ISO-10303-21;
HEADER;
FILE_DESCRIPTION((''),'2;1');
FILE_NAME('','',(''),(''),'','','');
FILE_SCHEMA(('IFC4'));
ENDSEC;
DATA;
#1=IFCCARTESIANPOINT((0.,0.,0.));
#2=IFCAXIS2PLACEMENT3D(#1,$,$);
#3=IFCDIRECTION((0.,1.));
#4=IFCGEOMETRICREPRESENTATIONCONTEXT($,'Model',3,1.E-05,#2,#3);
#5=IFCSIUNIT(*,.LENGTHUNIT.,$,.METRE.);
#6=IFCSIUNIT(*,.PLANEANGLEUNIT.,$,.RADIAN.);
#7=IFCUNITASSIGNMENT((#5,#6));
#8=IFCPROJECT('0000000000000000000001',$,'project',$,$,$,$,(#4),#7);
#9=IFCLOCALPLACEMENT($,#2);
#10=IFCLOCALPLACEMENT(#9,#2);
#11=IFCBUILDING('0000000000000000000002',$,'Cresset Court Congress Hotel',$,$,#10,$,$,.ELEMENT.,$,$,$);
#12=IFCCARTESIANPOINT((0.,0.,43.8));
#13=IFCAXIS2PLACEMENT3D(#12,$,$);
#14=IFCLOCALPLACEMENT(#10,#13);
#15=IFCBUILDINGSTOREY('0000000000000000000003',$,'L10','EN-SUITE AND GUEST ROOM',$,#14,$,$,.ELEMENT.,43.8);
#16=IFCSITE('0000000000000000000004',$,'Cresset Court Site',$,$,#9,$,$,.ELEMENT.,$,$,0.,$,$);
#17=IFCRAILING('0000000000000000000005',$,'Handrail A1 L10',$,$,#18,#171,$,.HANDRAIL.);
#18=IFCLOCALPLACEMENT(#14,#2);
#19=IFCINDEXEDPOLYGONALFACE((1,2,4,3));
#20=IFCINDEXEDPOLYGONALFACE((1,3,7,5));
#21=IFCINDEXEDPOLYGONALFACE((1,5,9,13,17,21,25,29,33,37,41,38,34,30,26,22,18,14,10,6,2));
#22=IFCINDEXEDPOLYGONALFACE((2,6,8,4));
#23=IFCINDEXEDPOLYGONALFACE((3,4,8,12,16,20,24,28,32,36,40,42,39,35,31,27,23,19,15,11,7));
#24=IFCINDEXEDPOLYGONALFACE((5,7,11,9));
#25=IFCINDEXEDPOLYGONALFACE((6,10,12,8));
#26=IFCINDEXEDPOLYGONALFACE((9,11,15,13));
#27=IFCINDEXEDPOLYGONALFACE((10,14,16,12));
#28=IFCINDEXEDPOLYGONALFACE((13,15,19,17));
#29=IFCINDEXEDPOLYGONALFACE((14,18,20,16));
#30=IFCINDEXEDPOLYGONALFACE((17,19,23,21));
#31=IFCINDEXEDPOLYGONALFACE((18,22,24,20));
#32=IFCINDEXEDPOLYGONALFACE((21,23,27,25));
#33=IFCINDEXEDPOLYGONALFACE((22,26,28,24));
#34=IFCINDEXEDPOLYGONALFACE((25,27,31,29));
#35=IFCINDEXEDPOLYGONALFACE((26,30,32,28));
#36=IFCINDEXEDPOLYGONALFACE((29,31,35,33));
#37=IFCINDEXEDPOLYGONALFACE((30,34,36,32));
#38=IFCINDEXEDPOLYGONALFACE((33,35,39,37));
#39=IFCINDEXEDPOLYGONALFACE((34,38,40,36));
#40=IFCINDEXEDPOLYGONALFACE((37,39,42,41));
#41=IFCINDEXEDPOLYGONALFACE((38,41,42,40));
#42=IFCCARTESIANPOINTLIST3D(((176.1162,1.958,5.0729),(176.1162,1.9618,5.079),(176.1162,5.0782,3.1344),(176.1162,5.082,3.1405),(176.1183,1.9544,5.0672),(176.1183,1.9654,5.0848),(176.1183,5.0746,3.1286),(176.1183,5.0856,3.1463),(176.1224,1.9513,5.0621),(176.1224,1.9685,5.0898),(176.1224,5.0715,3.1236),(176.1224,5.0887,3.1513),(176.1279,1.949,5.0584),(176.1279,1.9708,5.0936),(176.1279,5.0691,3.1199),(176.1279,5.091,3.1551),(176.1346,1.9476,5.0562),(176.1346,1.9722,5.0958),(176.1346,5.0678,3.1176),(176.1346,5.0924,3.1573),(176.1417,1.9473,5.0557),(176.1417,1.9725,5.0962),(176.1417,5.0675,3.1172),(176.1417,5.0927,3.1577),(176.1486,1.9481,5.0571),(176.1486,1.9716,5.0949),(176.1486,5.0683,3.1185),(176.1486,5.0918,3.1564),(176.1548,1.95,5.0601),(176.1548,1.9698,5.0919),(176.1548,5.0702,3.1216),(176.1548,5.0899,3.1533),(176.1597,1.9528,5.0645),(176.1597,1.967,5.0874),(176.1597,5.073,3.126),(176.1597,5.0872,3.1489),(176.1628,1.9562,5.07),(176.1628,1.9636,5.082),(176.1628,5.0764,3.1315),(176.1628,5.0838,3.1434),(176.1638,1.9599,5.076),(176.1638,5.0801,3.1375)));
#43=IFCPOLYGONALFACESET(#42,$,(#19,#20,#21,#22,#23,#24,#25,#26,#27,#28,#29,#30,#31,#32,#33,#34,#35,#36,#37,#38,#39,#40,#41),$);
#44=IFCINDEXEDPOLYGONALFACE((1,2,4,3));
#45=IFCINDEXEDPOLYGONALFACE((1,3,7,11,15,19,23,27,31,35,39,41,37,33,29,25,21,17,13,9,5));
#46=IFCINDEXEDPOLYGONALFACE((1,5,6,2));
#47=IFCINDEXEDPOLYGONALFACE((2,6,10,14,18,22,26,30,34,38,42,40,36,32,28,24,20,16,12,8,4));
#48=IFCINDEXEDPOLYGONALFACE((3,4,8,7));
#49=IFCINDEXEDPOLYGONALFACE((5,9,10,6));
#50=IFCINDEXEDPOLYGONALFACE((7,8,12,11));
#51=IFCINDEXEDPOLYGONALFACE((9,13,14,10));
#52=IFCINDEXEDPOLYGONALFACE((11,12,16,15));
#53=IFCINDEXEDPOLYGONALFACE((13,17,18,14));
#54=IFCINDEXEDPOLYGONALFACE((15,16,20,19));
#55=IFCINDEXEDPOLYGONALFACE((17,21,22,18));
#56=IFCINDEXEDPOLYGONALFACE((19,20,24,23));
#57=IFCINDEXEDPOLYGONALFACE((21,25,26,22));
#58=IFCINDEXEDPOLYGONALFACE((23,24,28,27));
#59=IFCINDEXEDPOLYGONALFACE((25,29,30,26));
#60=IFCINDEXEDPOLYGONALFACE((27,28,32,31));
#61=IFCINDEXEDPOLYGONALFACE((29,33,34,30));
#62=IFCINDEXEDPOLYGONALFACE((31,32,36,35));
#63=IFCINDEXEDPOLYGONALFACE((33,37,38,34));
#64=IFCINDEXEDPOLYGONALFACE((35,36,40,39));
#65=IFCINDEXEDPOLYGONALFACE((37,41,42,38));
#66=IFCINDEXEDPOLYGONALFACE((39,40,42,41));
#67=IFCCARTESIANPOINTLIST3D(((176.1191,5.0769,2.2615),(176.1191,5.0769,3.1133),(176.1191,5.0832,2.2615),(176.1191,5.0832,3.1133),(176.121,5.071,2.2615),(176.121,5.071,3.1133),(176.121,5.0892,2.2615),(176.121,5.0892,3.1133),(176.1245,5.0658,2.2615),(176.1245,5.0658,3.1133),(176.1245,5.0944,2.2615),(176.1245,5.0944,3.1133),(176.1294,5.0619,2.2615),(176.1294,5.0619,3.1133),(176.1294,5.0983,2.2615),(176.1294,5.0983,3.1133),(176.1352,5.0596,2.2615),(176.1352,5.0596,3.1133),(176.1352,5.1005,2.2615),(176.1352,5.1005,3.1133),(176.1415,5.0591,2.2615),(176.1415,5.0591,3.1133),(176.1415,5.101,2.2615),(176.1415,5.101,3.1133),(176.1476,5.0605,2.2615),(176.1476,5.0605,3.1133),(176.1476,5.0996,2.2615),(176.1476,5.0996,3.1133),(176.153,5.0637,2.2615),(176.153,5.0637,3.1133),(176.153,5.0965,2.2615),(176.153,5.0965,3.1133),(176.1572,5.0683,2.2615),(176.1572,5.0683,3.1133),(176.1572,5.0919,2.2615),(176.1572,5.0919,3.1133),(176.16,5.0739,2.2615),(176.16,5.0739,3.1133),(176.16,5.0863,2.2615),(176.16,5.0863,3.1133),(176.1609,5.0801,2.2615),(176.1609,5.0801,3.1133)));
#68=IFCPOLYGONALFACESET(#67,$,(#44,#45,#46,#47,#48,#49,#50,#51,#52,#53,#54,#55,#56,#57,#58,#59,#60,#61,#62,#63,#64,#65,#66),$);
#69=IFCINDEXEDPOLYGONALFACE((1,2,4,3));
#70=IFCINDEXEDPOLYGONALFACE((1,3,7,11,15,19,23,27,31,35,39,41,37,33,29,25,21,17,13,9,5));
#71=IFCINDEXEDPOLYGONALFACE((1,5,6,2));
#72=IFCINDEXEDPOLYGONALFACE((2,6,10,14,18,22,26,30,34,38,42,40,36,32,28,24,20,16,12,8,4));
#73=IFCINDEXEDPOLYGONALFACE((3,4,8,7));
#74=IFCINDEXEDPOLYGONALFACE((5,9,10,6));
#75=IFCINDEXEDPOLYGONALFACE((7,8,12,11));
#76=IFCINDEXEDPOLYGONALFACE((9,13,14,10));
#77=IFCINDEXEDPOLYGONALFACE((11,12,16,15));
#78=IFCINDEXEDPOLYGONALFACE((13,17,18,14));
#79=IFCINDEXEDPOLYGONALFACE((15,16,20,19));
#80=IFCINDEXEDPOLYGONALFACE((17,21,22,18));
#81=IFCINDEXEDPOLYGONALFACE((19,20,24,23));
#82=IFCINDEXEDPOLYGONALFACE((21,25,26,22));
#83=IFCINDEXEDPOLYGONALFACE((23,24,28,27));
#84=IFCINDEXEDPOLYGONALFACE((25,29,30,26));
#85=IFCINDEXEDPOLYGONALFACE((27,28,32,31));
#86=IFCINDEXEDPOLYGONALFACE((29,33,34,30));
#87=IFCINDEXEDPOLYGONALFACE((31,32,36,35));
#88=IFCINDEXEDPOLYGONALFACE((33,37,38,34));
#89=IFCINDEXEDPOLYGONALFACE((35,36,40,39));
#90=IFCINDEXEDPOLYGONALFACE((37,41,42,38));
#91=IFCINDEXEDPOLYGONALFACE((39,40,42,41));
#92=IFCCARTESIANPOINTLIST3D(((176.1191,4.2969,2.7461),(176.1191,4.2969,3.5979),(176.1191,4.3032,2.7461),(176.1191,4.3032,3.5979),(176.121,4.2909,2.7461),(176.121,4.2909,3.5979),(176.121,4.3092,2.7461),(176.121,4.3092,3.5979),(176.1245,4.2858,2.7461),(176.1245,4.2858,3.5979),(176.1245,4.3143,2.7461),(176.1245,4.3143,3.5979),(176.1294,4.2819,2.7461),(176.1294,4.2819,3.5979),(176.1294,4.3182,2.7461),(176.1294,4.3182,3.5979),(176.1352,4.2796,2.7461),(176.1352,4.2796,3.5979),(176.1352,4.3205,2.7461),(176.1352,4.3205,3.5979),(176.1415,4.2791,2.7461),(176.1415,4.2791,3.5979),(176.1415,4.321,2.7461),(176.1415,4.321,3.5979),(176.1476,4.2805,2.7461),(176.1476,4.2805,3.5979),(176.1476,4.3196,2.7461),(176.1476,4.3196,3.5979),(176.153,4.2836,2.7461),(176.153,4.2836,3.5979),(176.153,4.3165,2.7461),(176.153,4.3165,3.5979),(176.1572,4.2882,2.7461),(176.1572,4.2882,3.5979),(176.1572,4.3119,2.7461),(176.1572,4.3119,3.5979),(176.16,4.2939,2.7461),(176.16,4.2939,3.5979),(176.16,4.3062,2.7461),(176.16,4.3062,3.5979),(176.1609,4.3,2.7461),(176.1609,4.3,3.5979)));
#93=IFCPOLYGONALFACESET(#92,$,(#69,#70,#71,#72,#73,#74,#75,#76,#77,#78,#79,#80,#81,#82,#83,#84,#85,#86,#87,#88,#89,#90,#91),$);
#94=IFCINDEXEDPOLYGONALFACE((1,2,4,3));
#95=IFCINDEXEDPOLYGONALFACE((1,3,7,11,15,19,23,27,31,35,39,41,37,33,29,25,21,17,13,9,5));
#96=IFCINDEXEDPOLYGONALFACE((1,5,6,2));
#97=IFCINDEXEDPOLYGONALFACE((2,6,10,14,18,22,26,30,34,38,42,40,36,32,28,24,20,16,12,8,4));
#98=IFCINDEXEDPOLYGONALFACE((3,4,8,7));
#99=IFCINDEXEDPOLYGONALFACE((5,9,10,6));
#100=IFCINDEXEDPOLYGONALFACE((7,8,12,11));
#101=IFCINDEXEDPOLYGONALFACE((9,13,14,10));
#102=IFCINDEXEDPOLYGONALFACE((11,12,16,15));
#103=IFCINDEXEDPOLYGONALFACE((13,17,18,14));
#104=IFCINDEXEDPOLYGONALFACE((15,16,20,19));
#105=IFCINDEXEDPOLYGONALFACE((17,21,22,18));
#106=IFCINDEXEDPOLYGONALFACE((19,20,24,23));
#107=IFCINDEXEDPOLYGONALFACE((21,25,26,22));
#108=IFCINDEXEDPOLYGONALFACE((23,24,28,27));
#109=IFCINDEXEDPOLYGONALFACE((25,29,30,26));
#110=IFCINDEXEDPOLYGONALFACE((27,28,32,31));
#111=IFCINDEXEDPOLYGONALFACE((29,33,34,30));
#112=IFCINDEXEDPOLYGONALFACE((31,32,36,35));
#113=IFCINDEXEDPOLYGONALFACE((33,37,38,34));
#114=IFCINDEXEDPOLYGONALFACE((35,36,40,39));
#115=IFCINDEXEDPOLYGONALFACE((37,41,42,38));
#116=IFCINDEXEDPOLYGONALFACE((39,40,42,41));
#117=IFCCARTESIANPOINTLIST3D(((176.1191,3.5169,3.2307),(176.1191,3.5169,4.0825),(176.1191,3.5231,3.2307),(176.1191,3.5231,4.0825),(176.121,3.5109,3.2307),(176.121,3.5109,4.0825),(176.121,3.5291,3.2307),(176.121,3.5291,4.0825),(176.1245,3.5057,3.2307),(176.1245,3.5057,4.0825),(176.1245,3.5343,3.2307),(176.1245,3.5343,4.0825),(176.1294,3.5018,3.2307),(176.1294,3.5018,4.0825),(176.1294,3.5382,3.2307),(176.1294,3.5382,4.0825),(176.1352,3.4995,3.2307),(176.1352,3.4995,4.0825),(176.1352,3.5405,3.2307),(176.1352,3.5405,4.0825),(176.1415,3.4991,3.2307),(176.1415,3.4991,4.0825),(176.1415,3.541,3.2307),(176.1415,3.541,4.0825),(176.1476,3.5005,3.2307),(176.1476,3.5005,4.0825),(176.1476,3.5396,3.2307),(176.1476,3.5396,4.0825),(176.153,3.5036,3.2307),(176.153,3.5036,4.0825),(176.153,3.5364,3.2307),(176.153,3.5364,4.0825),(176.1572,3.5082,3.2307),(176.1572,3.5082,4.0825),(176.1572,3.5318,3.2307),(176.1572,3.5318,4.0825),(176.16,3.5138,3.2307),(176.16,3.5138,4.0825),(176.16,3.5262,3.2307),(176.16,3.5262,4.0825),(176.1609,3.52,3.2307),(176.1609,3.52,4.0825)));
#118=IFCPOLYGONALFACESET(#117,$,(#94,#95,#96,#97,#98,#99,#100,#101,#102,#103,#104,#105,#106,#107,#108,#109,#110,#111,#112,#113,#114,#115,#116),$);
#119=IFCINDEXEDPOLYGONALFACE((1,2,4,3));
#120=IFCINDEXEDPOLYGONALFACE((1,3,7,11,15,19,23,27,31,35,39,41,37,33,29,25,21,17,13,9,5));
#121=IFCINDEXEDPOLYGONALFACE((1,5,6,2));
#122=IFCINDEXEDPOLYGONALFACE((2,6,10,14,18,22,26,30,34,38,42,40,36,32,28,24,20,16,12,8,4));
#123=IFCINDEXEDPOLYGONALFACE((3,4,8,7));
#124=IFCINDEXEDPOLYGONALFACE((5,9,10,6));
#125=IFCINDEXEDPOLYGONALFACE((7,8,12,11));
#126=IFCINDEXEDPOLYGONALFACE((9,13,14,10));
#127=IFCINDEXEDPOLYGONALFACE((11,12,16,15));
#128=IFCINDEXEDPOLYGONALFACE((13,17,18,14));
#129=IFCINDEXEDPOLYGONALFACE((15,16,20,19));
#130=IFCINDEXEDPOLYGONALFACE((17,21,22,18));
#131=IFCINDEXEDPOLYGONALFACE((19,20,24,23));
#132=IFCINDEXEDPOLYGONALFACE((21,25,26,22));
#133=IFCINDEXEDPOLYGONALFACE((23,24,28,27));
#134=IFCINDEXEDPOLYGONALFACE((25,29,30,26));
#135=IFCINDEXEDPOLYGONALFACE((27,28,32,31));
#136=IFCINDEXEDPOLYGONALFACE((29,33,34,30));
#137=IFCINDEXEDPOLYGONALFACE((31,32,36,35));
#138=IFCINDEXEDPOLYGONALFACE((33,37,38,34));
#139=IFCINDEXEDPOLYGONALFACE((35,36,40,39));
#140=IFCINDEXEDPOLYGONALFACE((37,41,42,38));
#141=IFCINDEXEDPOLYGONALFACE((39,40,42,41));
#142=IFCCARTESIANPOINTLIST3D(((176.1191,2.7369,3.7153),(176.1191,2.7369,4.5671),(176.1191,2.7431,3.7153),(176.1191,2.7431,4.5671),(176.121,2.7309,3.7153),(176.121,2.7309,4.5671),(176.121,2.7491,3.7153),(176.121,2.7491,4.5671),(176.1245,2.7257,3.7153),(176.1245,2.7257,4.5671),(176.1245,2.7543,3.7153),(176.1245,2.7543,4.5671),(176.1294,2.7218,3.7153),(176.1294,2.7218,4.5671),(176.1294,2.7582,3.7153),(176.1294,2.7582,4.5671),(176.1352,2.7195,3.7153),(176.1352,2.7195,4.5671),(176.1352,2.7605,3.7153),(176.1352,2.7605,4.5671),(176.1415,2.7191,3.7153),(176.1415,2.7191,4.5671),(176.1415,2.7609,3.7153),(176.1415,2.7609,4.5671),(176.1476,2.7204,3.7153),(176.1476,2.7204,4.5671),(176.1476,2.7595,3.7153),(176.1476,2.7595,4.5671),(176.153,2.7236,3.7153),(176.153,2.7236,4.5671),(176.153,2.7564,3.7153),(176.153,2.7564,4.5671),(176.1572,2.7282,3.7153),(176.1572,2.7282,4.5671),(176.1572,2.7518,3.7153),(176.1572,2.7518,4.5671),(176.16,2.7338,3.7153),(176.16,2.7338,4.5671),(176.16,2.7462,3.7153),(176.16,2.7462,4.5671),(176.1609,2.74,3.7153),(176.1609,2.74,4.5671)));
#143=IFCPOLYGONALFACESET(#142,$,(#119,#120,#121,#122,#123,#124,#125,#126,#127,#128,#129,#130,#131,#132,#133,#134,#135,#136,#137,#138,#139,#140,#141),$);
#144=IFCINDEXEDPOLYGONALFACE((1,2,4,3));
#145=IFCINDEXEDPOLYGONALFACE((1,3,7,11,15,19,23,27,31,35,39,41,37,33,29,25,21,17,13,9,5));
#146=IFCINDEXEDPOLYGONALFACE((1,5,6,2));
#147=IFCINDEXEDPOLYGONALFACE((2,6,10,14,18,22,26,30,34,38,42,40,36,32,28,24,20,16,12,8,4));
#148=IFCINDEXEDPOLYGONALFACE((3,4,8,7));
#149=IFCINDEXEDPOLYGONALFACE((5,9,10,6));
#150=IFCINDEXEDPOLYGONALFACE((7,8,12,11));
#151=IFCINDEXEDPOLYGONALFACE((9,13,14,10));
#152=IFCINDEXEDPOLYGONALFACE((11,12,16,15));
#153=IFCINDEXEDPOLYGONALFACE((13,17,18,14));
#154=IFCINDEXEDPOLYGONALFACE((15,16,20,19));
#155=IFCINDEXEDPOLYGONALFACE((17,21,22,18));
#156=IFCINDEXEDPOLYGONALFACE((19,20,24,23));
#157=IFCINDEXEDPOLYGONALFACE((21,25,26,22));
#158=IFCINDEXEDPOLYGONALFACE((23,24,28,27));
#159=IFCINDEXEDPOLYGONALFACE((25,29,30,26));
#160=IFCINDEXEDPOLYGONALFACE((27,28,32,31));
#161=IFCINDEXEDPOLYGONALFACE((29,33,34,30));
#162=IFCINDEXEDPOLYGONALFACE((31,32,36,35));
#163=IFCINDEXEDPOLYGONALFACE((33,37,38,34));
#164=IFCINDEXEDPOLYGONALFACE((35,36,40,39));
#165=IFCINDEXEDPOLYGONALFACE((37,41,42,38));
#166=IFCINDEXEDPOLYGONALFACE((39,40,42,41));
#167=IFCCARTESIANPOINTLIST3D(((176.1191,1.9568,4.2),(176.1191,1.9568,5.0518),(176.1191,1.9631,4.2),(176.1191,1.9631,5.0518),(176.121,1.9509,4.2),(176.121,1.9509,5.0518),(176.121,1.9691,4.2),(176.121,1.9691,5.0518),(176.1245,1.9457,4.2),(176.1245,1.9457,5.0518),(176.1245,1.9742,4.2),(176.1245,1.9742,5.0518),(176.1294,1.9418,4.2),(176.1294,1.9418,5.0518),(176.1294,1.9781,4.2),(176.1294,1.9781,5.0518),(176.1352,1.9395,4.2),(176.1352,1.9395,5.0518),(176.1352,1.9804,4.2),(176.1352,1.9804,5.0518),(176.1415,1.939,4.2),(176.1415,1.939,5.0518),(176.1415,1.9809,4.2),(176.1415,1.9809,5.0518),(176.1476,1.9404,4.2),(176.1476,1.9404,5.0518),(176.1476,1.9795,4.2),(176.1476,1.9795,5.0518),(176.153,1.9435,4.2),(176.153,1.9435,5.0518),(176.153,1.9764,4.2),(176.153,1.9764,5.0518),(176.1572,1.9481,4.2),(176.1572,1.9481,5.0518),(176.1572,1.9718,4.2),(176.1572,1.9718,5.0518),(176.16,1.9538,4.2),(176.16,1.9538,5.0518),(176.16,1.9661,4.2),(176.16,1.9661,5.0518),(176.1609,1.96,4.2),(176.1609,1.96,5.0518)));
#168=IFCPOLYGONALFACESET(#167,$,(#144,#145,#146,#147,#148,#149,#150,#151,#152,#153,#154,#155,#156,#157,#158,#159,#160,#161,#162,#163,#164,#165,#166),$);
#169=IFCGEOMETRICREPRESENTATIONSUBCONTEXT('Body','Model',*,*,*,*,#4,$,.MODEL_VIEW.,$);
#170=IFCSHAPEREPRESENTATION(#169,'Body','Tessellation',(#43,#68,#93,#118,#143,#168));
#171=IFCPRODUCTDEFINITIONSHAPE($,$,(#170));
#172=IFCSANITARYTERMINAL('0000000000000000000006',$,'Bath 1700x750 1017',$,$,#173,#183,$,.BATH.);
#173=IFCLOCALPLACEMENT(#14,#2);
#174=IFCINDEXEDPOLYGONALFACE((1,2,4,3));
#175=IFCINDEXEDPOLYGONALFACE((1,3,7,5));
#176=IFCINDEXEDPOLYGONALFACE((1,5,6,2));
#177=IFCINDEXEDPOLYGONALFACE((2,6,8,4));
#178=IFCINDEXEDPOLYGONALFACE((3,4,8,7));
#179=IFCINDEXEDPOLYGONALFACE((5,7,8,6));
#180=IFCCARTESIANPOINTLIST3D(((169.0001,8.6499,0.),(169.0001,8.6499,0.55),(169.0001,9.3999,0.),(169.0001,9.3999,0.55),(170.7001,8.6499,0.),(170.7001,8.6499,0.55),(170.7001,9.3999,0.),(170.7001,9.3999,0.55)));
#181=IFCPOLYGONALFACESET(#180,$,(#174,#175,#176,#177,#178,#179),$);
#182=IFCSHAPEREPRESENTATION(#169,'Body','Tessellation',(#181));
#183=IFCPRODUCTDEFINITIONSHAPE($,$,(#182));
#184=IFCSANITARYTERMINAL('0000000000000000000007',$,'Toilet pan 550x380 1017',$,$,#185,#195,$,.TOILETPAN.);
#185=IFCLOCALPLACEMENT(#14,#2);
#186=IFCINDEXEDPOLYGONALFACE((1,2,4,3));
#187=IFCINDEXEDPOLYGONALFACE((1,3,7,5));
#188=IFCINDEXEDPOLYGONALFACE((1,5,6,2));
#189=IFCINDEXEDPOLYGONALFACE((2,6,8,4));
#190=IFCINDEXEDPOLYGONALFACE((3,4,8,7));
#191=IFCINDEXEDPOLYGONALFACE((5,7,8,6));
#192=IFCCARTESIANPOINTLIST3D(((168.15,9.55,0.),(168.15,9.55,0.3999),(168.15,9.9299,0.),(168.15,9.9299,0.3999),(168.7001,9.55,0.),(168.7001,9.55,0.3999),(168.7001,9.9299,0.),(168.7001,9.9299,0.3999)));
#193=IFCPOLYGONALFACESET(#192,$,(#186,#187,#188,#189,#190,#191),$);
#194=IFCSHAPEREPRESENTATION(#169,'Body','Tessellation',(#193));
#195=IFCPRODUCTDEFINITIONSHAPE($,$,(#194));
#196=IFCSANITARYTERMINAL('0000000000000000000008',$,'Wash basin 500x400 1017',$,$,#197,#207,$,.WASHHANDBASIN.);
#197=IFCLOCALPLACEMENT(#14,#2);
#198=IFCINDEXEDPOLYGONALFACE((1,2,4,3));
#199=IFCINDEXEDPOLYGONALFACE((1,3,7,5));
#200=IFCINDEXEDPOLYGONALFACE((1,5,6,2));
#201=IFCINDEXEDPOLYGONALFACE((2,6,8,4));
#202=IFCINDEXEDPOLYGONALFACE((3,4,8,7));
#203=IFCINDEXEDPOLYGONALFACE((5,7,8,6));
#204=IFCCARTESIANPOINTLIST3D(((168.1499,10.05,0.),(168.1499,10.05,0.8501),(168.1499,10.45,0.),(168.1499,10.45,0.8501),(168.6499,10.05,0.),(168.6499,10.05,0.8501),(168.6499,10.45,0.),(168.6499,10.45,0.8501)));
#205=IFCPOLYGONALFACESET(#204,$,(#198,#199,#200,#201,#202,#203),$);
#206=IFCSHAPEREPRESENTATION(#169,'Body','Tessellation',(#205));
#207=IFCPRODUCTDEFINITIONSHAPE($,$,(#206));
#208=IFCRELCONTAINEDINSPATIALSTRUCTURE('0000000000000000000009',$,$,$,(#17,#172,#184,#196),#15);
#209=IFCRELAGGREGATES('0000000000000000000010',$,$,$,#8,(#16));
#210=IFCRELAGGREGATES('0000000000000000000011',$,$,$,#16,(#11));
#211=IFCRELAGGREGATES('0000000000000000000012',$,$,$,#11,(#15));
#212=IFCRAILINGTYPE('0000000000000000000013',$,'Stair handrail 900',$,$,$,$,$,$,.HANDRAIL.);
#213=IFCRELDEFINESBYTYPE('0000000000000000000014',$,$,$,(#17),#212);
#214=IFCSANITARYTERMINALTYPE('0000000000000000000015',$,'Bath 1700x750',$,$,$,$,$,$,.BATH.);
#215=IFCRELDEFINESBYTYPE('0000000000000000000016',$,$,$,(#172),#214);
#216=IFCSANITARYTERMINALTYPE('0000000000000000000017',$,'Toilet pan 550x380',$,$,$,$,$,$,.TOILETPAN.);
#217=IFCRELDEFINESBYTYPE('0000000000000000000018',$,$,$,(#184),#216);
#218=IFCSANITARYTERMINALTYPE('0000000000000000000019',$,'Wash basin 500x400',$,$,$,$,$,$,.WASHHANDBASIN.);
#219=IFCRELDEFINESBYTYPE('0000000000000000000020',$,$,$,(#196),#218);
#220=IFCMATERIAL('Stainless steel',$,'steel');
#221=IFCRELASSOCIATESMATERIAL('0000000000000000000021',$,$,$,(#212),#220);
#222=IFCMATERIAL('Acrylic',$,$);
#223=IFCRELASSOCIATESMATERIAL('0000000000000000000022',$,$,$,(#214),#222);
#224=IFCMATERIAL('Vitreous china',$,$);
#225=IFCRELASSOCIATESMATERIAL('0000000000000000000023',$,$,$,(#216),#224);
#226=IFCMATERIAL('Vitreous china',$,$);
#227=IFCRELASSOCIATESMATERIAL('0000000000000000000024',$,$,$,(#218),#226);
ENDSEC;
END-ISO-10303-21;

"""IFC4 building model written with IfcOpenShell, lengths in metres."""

from ifc_helpers import new_model, si_unit, direction, frame, origin, origin_2d, place, context, subcontext, project, spatial, rectangle, circle, extrude, material, type_object, element, save


model = new_model("IFC4")

# Units and contexts
model_context = context("Model", 3, precision=1e-05, world=origin(), true_north=direction((0.0, 1.0)))
body_context = subcontext(model_context, "Body", "Model", "MODEL_VIEW")
ifc_project = project(units=[si_unit("LENGTHUNIT", "METRE"), si_unit("PLANEANGLEUNIT", "RADIAN")], contexts=[model_context])

# Site, building, storey
site_placement = place(None, origin())
site = spatial("IfcSite", under=ifc_project, at=site_placement, Name="Cresset Court Site", CompositionType="ELEMENT", RefElevation=0.0)
building_placement = place(site_placement, origin())
building = spatial("IfcBuilding", under=site, at=building_placement, Name="Cresset Court Congress Hotel", CompositionType="ELEMENT")
storey_placement = place(building_placement, frame((0.0, 0.0, 43.8)))
storey = spatial("IfcBuildingStorey", under=building, at=storey_placement, Name="L10", Description="EN-SUITE AND GUEST ROOM", CompositionType="ELEMENT", Elevation=43.8)

# Railing
ifc_material_1 = material(Name="Stainless steel", Category="steel")
railing_type_1 = type_object("IfcRailingType", Name="Stair handrail 900", PredefinedType="HANDRAIL", material=ifc_material_1)
for number, where, name in (
    (1, (176.1399, 5.0801, 2.2615), "Handrail A1 L10"),
):
    element("IfcRailing", number, at=place(storey_placement, frame(where)), inside=storey, type_object=railing_type_1, Name=name, PredefinedType="HANDRAIL", context=body_context, shape_type="SweptSolid", body=[
        extrude(circle(Radius=0.0239, at=origin_2d()), frame((0.0, 0.0, 0.876), z_axis=(0.0, -0.849414, 0.527727), x_axis=(1.0, 0.0, 0.0)), (0.0, 0.0, 1.0), 3.6733),
        extrude(circle(Radius=0.021, at=origin_2d()), origin(), (0.0, 0.0, 1.0), 0.8518),
        extrude(circle(Radius=0.021, at=origin_2d()), frame((0.0, -0.78, 0.4846)), (0.0, 0.0, 1.0), 0.8518),
        extrude(circle(Radius=0.021, at=origin_2d()), frame((0.0, -1.5601, 0.9692)), (0.0, 0.0, 1.0), 0.8518),
        extrude(circle(Radius=0.021, at=origin_2d()), frame((0.0, -2.3401, 1.4539)), (0.0, 0.0, 1.0), 0.8518),
        extrude(circle(Radius=0.021, at=origin_2d()), frame((0.0, -3.1201, 1.9385)), (0.0, 0.0, 1.0), 0.8518),
    ])

# Sanitary terminals
ifc_material_2 = material(Name="Acrylic")
sanitary_terminal_type_1 = type_object("IfcSanitaryTerminalType", Name="Bath 1700x750", PredefinedType="BATH", material=ifc_material_2)
sanitary_terminal_1_placement = place(storey_placement, frame((169.8501, 9.0249, 0.0), z_axis=(0.0, 0.0, 1.0), x_axis=(1.0, 0.0, 0.0)))
element("IfcSanitaryTerminal", 2, at=sanitary_terminal_1_placement, inside=storey, type_object=sanitary_terminal_type_1, Name="Bath 1700x750 1017", PredefinedType="BATH", context=body_context, shape_type="SweptSolid", body=[
    extrude(rectangle(XDim=1.7, YDim=0.75, at=origin_2d()), origin(), (0.0, 0.0, 1.0), 0.55),
])
ifc_material_3 = material(Name="Vitreous china")
sanitary_terminal_type_2 = type_object("IfcSanitaryTerminalType", Name="Toilet pan 550x380", PredefinedType="TOILETPAN", material=ifc_material_3)
sanitary_terminal_2_placement = place(storey_placement, frame((168.425, 9.74, 0.0), z_axis=(0.0, 0.0, 1.0), x_axis=(1.0, 0.0, 0.0)))
element("IfcSanitaryTerminal", 3, at=sanitary_terminal_2_placement, inside=storey, type_object=sanitary_terminal_type_2, Name="Toilet pan 550x380 1017", PredefinedType="TOILETPAN", context=body_context, shape_type="SweptSolid", body=[
    extrude(rectangle(XDim=0.55, YDim=0.3799, at=origin_2d()), origin(), (0.0, 0.0, 1.0), 0.3999),
])
ifc_material_4 = material(Name="Vitreous china")
sanitary_terminal_type_3 = type_object("IfcSanitaryTerminalType", Name="Wash basin 500x400", PredefinedType="WASHHANDBASIN", material=ifc_material_4)
sanitary_terminal_3_placement = place(storey_placement, frame((168.3999, 10.25, 0.0), z_axis=(0.0, 0.0, 1.0), x_axis=(1.0, 0.0, 0.0)))
element("IfcSanitaryTerminal", 4, at=sanitary_terminal_3_placement, inside=storey, type_object=sanitary_terminal_type_3, Name="Wash basin 500x400 1017", PredefinedType="WASHHANDBASIN", context=body_context, shape_type="SweptSolid", body=[
    extrude(rectangle(XDim=0.5, YDim=0.3999, at=origin_2d()), origin(), (0.0, 0.0, 1.0), 0.8501),
])

save(model, "model.ifc")
